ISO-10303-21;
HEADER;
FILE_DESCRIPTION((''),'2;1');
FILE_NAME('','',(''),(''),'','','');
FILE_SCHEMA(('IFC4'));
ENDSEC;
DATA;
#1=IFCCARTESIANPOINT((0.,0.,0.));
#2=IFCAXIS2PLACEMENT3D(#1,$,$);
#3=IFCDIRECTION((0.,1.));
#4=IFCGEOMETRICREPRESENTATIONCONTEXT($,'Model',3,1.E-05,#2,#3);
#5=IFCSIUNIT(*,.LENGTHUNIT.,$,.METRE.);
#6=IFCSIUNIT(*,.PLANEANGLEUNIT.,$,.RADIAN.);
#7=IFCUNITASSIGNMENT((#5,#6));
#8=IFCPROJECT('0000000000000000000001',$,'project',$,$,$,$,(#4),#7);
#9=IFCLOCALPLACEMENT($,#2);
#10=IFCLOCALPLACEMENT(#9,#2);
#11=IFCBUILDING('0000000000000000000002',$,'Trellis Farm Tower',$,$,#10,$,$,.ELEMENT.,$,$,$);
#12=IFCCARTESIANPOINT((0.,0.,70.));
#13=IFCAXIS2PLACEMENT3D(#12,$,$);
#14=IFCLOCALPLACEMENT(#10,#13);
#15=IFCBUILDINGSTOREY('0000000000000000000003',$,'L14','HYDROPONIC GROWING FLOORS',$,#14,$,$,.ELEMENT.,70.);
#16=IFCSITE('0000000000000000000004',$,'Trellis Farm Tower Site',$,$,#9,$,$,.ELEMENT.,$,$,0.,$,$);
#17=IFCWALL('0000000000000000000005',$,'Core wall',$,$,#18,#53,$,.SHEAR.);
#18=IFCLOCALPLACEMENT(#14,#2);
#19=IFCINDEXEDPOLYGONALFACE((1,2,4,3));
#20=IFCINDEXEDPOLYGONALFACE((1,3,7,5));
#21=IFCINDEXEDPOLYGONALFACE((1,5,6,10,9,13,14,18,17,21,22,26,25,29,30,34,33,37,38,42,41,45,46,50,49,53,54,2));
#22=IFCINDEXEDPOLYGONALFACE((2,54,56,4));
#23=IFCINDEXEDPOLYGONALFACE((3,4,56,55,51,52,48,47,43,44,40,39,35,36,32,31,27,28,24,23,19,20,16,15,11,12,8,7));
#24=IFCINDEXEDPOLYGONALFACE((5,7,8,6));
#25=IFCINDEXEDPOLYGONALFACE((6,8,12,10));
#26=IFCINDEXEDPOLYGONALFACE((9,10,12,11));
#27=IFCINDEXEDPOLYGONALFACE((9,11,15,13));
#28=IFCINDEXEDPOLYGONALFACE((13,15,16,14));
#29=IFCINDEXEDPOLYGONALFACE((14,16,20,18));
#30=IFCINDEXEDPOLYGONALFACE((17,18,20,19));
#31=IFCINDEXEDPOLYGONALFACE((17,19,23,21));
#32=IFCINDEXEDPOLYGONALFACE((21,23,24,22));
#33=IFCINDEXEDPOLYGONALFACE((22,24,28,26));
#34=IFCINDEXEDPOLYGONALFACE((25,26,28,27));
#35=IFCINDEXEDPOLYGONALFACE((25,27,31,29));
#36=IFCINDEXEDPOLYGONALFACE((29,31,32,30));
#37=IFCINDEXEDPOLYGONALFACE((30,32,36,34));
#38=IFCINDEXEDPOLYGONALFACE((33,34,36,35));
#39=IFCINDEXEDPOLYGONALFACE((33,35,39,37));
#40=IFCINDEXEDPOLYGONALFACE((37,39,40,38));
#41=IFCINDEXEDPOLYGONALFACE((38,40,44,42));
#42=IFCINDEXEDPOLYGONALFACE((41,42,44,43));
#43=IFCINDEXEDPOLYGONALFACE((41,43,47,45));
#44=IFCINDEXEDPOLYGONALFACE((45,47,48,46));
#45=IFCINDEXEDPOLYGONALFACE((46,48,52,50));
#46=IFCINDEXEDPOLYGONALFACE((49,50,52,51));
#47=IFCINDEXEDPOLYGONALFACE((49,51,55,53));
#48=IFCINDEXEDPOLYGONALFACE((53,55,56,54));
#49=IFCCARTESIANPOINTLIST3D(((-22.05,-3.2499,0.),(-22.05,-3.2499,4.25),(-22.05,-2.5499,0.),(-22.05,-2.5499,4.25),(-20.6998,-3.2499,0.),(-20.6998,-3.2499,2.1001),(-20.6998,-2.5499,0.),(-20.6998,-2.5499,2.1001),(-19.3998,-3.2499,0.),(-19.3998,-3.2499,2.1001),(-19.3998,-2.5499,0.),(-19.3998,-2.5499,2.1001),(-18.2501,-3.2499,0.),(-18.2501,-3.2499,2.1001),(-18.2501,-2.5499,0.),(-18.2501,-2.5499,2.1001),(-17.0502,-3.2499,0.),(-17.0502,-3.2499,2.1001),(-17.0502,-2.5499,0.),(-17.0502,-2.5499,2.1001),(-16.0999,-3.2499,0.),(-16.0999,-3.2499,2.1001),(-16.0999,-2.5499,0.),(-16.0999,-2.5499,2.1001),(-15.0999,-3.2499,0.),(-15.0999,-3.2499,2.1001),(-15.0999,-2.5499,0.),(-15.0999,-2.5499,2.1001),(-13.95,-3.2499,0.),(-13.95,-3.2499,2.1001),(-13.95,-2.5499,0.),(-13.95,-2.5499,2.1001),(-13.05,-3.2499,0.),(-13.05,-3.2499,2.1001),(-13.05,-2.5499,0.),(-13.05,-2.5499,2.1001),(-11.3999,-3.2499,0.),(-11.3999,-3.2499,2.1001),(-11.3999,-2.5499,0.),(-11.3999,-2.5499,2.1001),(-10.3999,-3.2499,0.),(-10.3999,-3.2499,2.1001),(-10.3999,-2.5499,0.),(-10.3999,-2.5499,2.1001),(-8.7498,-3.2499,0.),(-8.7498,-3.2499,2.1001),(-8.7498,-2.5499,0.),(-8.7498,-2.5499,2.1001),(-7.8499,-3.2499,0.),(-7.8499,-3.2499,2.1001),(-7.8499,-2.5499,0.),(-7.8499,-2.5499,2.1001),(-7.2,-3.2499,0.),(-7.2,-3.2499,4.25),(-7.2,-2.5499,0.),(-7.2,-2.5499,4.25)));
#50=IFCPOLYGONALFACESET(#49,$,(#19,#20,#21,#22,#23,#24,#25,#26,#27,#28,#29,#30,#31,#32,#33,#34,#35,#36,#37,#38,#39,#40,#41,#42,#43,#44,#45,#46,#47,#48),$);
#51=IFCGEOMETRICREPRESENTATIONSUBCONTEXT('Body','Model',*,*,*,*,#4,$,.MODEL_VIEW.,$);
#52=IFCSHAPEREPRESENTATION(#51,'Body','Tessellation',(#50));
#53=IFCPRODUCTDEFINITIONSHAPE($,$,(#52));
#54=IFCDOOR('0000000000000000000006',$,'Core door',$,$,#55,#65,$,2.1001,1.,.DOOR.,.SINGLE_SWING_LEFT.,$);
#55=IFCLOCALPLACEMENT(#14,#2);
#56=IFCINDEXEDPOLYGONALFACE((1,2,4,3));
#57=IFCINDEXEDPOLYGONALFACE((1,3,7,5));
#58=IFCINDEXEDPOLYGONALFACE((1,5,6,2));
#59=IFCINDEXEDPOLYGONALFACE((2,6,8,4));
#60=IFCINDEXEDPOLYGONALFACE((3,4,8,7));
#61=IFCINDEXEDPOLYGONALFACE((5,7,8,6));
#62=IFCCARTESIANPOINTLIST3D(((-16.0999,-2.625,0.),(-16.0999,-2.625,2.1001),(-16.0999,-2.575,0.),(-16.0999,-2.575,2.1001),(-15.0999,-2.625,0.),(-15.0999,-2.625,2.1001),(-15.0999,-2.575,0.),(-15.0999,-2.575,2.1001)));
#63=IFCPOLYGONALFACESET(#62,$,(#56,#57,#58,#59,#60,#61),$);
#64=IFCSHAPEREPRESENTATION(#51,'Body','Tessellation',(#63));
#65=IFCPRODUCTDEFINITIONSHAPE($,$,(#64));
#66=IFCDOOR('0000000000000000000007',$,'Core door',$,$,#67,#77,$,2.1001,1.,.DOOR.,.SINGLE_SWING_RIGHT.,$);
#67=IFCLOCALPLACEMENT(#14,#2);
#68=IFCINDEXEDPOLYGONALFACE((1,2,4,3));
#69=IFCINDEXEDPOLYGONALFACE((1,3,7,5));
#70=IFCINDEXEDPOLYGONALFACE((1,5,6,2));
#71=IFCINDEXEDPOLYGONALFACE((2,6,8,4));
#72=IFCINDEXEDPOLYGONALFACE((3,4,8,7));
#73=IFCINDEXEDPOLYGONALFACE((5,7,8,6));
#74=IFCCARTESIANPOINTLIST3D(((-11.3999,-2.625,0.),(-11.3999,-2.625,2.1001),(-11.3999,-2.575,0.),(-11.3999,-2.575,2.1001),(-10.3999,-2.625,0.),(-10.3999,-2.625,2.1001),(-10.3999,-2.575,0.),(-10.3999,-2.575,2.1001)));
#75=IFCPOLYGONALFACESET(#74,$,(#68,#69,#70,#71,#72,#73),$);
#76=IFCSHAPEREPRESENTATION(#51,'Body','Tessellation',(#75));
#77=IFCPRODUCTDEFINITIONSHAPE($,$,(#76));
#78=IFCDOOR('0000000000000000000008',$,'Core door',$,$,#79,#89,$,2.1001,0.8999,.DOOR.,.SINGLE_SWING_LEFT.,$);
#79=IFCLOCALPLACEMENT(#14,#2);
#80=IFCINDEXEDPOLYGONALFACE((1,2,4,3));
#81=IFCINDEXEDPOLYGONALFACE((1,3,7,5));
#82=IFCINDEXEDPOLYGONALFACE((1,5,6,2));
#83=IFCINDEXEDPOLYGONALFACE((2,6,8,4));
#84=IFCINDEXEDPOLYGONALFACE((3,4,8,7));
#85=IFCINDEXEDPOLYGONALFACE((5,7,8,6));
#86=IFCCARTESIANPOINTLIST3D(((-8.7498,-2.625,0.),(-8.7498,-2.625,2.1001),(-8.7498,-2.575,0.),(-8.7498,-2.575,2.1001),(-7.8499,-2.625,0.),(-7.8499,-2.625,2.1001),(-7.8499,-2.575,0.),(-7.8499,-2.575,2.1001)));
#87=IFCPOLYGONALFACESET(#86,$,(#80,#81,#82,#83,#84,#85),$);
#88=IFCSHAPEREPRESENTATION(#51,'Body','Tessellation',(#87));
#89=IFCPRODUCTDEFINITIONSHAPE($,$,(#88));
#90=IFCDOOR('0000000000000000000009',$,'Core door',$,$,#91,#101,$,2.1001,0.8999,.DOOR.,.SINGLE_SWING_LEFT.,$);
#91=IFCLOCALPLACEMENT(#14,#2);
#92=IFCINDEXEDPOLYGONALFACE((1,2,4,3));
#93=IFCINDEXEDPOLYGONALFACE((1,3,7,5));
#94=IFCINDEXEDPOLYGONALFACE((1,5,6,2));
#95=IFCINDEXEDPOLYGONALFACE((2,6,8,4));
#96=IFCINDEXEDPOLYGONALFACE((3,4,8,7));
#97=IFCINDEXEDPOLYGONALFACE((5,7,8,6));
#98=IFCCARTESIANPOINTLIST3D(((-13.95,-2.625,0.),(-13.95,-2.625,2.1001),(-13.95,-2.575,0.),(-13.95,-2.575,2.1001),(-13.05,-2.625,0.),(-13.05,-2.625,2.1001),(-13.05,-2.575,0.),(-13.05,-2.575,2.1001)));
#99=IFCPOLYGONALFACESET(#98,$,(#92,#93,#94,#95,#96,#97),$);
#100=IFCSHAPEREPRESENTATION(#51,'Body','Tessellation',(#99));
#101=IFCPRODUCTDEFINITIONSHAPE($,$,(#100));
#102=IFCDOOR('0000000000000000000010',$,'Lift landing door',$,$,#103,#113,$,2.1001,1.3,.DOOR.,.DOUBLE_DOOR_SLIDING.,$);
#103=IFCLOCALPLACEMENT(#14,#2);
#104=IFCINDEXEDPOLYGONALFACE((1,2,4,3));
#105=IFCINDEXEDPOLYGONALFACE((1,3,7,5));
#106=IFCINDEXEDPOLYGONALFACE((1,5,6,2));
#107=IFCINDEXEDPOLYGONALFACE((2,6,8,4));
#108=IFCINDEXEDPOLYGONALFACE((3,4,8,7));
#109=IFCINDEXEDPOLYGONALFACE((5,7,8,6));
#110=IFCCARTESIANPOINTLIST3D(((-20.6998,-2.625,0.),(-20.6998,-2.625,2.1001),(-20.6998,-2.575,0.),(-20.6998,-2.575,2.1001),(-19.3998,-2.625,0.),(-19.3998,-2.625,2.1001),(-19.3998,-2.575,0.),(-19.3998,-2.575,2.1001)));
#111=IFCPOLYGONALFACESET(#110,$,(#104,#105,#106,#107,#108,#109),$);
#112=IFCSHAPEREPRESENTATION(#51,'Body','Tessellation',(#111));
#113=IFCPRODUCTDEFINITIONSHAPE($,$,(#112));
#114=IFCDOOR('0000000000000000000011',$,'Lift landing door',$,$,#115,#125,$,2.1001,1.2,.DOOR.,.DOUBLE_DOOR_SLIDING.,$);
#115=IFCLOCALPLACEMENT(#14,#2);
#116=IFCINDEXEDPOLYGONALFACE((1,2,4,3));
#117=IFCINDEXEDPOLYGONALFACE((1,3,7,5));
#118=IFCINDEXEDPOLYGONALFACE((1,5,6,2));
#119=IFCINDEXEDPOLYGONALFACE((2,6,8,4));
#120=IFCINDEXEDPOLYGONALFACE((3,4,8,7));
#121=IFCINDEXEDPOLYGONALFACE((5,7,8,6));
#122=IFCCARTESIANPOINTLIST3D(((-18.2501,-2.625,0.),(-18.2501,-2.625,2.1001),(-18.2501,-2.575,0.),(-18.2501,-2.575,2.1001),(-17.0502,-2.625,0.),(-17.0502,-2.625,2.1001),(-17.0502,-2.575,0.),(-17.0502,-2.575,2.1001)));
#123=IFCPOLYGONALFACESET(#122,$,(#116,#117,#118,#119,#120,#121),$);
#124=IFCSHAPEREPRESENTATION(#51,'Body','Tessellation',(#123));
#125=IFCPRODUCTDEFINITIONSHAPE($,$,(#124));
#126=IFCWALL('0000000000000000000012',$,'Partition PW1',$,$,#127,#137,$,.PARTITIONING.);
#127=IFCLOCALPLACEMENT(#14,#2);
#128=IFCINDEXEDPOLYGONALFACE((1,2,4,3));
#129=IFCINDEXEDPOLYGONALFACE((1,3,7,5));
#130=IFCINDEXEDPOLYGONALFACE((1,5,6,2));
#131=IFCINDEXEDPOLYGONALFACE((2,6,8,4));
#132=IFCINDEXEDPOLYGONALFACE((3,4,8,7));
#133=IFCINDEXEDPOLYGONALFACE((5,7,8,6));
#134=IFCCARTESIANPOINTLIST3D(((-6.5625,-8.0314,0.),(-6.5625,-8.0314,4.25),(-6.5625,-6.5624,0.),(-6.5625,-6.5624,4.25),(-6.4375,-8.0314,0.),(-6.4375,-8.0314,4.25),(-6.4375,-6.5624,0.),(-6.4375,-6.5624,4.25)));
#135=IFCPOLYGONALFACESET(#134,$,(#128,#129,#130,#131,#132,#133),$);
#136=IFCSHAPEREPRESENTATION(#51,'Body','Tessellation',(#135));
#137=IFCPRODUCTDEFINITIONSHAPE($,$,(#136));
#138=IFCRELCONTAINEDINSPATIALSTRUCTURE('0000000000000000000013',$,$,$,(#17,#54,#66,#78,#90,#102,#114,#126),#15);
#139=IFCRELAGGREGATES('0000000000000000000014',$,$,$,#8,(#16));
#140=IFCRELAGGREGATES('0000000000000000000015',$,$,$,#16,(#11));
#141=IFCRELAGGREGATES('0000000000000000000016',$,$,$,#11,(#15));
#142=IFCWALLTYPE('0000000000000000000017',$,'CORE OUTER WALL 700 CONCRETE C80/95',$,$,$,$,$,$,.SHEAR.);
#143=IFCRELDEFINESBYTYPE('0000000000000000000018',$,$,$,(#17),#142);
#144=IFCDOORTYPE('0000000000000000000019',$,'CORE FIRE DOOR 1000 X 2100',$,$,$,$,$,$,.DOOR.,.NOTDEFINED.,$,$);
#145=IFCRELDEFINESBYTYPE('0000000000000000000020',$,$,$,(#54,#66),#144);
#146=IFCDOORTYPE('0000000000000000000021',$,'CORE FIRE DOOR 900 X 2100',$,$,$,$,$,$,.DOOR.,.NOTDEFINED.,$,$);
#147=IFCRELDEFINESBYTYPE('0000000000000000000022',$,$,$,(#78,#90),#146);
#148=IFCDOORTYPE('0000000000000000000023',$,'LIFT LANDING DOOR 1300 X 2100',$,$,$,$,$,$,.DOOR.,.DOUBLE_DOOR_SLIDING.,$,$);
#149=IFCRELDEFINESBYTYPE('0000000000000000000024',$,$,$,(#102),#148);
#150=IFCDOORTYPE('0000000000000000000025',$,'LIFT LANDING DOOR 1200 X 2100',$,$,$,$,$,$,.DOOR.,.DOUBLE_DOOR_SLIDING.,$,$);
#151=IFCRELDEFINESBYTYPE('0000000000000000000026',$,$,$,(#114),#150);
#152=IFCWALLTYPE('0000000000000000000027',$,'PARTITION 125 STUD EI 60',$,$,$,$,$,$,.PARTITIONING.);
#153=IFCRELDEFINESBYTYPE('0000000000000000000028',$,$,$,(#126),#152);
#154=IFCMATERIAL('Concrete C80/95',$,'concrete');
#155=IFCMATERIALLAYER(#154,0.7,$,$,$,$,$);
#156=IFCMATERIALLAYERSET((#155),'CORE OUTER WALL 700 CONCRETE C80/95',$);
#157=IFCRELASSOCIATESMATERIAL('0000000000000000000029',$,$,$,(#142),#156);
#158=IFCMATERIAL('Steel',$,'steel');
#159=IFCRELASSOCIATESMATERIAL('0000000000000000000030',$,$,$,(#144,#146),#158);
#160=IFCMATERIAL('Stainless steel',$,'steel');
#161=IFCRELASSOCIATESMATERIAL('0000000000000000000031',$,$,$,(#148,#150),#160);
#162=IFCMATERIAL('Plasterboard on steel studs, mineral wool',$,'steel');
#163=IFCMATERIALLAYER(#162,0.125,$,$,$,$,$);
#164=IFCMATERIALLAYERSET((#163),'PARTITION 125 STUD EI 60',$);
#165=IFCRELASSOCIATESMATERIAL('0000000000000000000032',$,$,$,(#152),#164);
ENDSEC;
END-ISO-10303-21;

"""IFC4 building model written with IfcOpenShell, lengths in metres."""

from ifc_helpers import new_model, si_unit, direction, frame, frame_2d, origin, place, context, subcontext, project, spatial, rectangle, extrude, source, transform, mapped, material, layer, layer_set, type_object, element, fill, save


model = new_model("IFC4")

# Units and contexts
model_context = context("Model", 3, precision=1e-05, world=origin(), true_north=direction((0.0, 1.0)))
body_context = subcontext(model_context, "Body", "Model", "MODEL_VIEW")
ifc_project = project(units=[si_unit("LENGTHUNIT", "METRE"), si_unit("PLANEANGLEUNIT", "RADIAN")], contexts=[model_context])

# Site, building, storey
site_placement = place(None, origin())
site = spatial("IfcSite", under=ifc_project, at=site_placement, Name="Trellis Farm Tower Site", CompositionType="ELEMENT", RefElevation=0.0)
building_placement = place(site_placement, origin())
building = spatial("IfcBuilding", under=site, at=building_placement, Name="Trellis Farm Tower", CompositionType="ELEMENT")
storey_placement = place(building_placement, frame((0.0, 0.0, 70.0)))
storey = spatial("IfcBuildingStorey", under=building, at=storey_placement, Name="L14", Description="HYDROPONIC GROWING FLOORS", CompositionType="ELEMENT", Elevation=70.0)

# Shared definitions
ifc_material_1 = material(Name="Concrete C80/95", Category="concrete")

# Wall, openings, doors
ifc_layer_1 = layer(ifc_material_1, 0.7)
ifc_layer_set_1 = layer_set([ifc_layer_1], Name="CORE OUTER WALL 700 CONCRETE C80/95")
wall_type_1 = type_object("IfcWallType", Name="CORE OUTER WALL 700 CONCRETE C80/95", PredefinedType="SHEAR", material=ifc_layer_set_1)
shared_shape_1 = source(origin(), body_context, "Body", "SweptSolid", [
    extrude(rectangle(XDim=14.8501, YDim=0.7, at=frame_2d((7.425, 0.0))), origin(), (0.0, 0.0, 1.0), 4.25),
])
wall_1_placement = place(storey_placement, frame((-7.2, -2.8999, 0.0), z_axis=(0.0, 0.0, 1.0), x_axis=(-1.0, 0.0, 0.0)))
wall_1 = element("IfcWall", 1, at=wall_1_placement, inside=storey, type_object=wall_type_1, Name="Core wall", PredefinedType="SHEAR", context=body_context, shape_type="MappedRepresentation", body=[
    mapped(shared_shape_1, transform((0.0, 0.0, 0.0))),
])
shared_shape_2 = source(origin(), body_context, "Body", "SweptSolid", [
    extrude(rectangle(XDim=1.3, YDim=2.1001, at=frame_2d((0.6499, 1.05))), frame((0.0, 0.3601, 0.0), z_axis=(0.0, -1.0, 0.0), x_axis=(1.0, 0.0, 0.0)), (0.0, 0.0, 1.0), 0.7202),
])
opening_1_placement = place(wall_1_placement, frame((12.2, 0.0, 0.0)))
opening_1 = element("IfcOpeningElement", 2, at=opening_1_placement, cuts=wall_1, PredefinedType="OPENING", context=body_context, shape_type="MappedRepresentation", body=[
    mapped(shared_shape_2, transform((0.0, 0.0, 0.0))),
])
shared_shape_3 = source(origin(), body_context, "Body", "SweptSolid", [
    extrude(rectangle(XDim=1.2, YDim=2.1001, at=frame_2d((0.6001, 1.05))), frame((0.0, 0.3601, 0.0), z_axis=(0.0, -1.0, 0.0), x_axis=(1.0, 0.0, 0.0)), (0.0, 0.0, 1.0), 0.7202),
])
opening_2_placement = place(wall_1_placement, frame((9.8501, 0.0, 0.0)))
opening_2 = element("IfcOpeningElement", 3, at=opening_2_placement, cuts=wall_1, PredefinedType="OPENING", context=body_context, shape_type="MappedRepresentation", body=[
    mapped(shared_shape_3, transform((0.0, 0.0, 0.0))),
])
shared_shape_4 = source(origin(), body_context, "Body", "SweptSolid", [
    extrude(rectangle(XDim=1.0, YDim=2.1001, at=frame_2d((0.5, 1.05))), frame((0.0, 0.3601, 0.0), z_axis=(0.0, -1.0, 0.0), x_axis=(1.0, 0.0, 0.0)), (0.0, 0.0, 1.0), 0.7202),
])
opening_3_placement = place(wall_1_placement, frame((7.8999, 0.0, 0.0)))
opening_3 = element("IfcOpeningElement", 4, at=opening_3_placement, cuts=wall_1, PredefinedType="OPENING", context=body_context, shape_type="MappedRepresentation", body=[
    mapped(shared_shape_4, transform((0.0, 0.0, 0.0))),
])
shared_shape_5 = source(origin(), body_context, "Body", "SweptSolid", [
    extrude(rectangle(XDim=0.8999, YDim=2.1001, at=frame_2d((0.45, 1.05))), frame((0.0, 0.3601, 0.0), z_axis=(0.0, -1.0, 0.0), x_axis=(1.0, 0.0, 0.0)), (0.0, 0.0, 1.0), 0.7202),
])
opening_4_placement = place(wall_1_placement, frame((0.6499, 0.0, 0.0)))
opening_4 = element("IfcOpeningElement", 5, at=opening_4_placement, cuts=wall_1, PredefinedType="OPENING", context=body_context, shape_type="MappedRepresentation", body=[
    mapped(shared_shape_5, transform((0.0, 0.0, 0.0))),
])
opening_5_placement = place(wall_1_placement, frame((3.2, 0.0, 0.0)))
opening_5 = element("IfcOpeningElement", 6, at=opening_5_placement, cuts=wall_1, PredefinedType="OPENING", context=body_context, shape_type="MappedRepresentation", body=[
    mapped(shared_shape_4, transform((0.0, 0.0, 0.0))),
])
opening_6_placement = place(wall_1_placement, frame((5.8501, 0.0, 0.0)))
opening_6 = element("IfcOpeningElement", 7, at=opening_6_placement, cuts=wall_1, PredefinedType="OPENING", context=body_context, shape_type="MappedRepresentation", body=[
    mapped(shared_shape_5, transform((0.0, 0.0, 0.0))),
])
ifc_material_2 = material(Name="Steel", Category="steel")
door_type_1 = type_object("IfcDoorType", Name="CORE FIRE DOOR 1000 X 2100", OperationType="NOTDEFINED", PredefinedType="DOOR", material=ifc_material_2)
shared_shape_6 = source(origin(), body_context, "Body", "SweptSolid", [
    extrude(rectangle(XDim=1.0, YDim=2.1001, at=frame_2d((0.5, 1.05))), frame((0.0, -0.2749, 0.0), z_axis=(0.0, -1.0, 0.0), x_axis=(1.0, 0.0, 0.0)), (0.0, 0.0, 1.0), 0.05),
])
door_1_placement = place(opening_3_placement, origin())
door_1 = element("IfcDoor", 8, at=door_1_placement, inside=storey, type_object=door_type_1, Name="Core door", OperationType="SINGLE_SWING_LEFT", OverallHeight=2.1001, OverallWidth=1.0, PredefinedType="DOOR", context=body_context, shape_type="MappedRepresentation", body=[
    mapped(shared_shape_6, transform((0.0, 0.0, 0.0))),
])
fill(opening_3, door_1)
door_2_placement = place(opening_5_placement, origin())
door_2 = element("IfcDoor", 9, at=door_2_placement, inside=storey, type_object=door_type_1, Name="Core door", OperationType="SINGLE_SWING_RIGHT", OverallHeight=2.1001, OverallWidth=1.0, PredefinedType="DOOR", context=body_context, shape_type="MappedRepresentation", body=[
    mapped(shared_shape_6, transform((0.0, 0.0, 0.0))),
])
fill(opening_5, door_2)
door_type_2 = type_object("IfcDoorType", Name="CORE FIRE DOOR 900 X 2100", OperationType="NOTDEFINED", PredefinedType="DOOR", material=ifc_material_2)
shared_shape_7 = source(origin(), body_context, "Body", "SweptSolid", [
    extrude(rectangle(XDim=0.8999, YDim=2.1001, at=frame_2d((0.45, 1.05))), frame((0.0, -0.2749, 0.0), z_axis=(0.0, -1.0, 0.0), x_axis=(1.0, 0.0, 0.0)), (0.0, 0.0, 1.0), 0.05),
])
door_3_placement = place(opening_4_placement, origin())
door_3 = element("IfcDoor", 10, at=door_3_placement, inside=storey, type_object=door_type_2, Name="Core door", OperationType="SINGLE_SWING_LEFT", OverallHeight=2.1001, OverallWidth=0.8999, PredefinedType="DOOR", context=body_context, shape_type="MappedRepresentation", body=[
    mapped(shared_shape_7, transform((0.0, 0.0, 0.0))),
])
fill(opening_4, door_3)
door_4_placement = place(opening_6_placement, origin())
door_4 = element("IfcDoor", 11, at=door_4_placement, inside=storey, type_object=door_type_2, Name="Core door", OperationType="SINGLE_SWING_LEFT", OverallHeight=2.1001, OverallWidth=0.8999, PredefinedType="DOOR", context=body_context, shape_type="MappedRepresentation", body=[
    mapped(shared_shape_7, transform((0.0, 0.0, 0.0))),
])
fill(opening_6, door_4)
ifc_material_3 = material(Name="Stainless steel", Category="steel")
door_type_3 = type_object("IfcDoorType", Name="LIFT LANDING DOOR 1300 X 2100", OperationType="DOUBLE_DOOR_SLIDING", PredefinedType="DOOR", material=ifc_material_3)
shared_shape_8 = source(origin(), body_context, "Body", "SweptSolid", [
    extrude(rectangle(XDim=1.3, YDim=2.1001, at=frame_2d((0.6499, 1.05))), frame((0.0, -0.2749, 0.0), z_axis=(0.0, -1.0, 0.0), x_axis=(1.0, 0.0, 0.0)), (0.0, 0.0, 1.0), 0.05),
])
door_5_placement = place(opening_1_placement, origin())
door_5 = element("IfcDoor", 12, at=door_5_placement, inside=storey, type_object=door_type_3, Name="Lift landing door", OperationType="DOUBLE_DOOR_SLIDING", OverallHeight=2.1001, OverallWidth=1.3, PredefinedType="DOOR", context=body_context, shape_type="MappedRepresentation", body=[
    mapped(shared_shape_8, transform((0.0, 0.0, 0.0))),
])
fill(opening_1, door_5)
door_type_4 = type_object("IfcDoorType", Name="LIFT LANDING DOOR 1200 X 2100", OperationType="DOUBLE_DOOR_SLIDING", PredefinedType="DOOR", material=ifc_material_3)
shared_shape_9 = source(origin(), body_context, "Body", "SweptSolid", [
    extrude(rectangle(XDim=1.2, YDim=2.1001, at=frame_2d((0.6001, 1.05))), frame((0.0, -0.2749, 0.0), z_axis=(0.0, -1.0, 0.0), x_axis=(1.0, 0.0, 0.0)), (0.0, 0.0, 1.0), 0.05),
])
door_6_placement = place(opening_2_placement, origin())
door_6 = element("IfcDoor", 13, at=door_6_placement, inside=storey, type_object=door_type_4, Name="Lift landing door", OperationType="DOUBLE_DOOR_SLIDING", OverallHeight=2.1001, OverallWidth=1.2, PredefinedType="DOOR", context=body_context, shape_type="MappedRepresentation", body=[
    mapped(shared_shape_9, transform((0.0, 0.0, 0.0))),
])
fill(opening_2, door_6)

# Wall
ifc_material_4 = material(Name="Plasterboard on steel studs, mineral wool", Category="steel")
ifc_layer_2 = layer(ifc_material_4, 0.125)
ifc_layer_set_2 = layer_set([ifc_layer_2], Name="PARTITION 125 STUD EI 60")
wall_type_2 = type_object("IfcWallType", Name="PARTITION 125 STUD EI 60", PredefinedType="PARTITIONING", material=ifc_layer_set_2)
shared_shape_10 = source(origin(), body_context, "Body", "SweptSolid", [
    extrude(rectangle(XDim=1.469, YDim=0.125, at=frame_2d((0.7344, 0.0))), origin(), (0.0, 0.0, 1.0), 4.25),
])
wall_2_placement = place(storey_placement, frame((-6.5, -6.5625, 0.0), z_axis=(0.0, 0.0, 1.0), x_axis=(0.0, -1.0, 0.0)))
element("IfcWall", 14, at=wall_2_placement, inside=storey, type_object=wall_type_2, Name="Partition PW1", PredefinedType="PARTITIONING", context=body_context, shape_type="MappedRepresentation", body=[
    mapped(shared_shape_10, transform((0.0, 0.0, 0.0))),
])

save(model, "model.ifc")
